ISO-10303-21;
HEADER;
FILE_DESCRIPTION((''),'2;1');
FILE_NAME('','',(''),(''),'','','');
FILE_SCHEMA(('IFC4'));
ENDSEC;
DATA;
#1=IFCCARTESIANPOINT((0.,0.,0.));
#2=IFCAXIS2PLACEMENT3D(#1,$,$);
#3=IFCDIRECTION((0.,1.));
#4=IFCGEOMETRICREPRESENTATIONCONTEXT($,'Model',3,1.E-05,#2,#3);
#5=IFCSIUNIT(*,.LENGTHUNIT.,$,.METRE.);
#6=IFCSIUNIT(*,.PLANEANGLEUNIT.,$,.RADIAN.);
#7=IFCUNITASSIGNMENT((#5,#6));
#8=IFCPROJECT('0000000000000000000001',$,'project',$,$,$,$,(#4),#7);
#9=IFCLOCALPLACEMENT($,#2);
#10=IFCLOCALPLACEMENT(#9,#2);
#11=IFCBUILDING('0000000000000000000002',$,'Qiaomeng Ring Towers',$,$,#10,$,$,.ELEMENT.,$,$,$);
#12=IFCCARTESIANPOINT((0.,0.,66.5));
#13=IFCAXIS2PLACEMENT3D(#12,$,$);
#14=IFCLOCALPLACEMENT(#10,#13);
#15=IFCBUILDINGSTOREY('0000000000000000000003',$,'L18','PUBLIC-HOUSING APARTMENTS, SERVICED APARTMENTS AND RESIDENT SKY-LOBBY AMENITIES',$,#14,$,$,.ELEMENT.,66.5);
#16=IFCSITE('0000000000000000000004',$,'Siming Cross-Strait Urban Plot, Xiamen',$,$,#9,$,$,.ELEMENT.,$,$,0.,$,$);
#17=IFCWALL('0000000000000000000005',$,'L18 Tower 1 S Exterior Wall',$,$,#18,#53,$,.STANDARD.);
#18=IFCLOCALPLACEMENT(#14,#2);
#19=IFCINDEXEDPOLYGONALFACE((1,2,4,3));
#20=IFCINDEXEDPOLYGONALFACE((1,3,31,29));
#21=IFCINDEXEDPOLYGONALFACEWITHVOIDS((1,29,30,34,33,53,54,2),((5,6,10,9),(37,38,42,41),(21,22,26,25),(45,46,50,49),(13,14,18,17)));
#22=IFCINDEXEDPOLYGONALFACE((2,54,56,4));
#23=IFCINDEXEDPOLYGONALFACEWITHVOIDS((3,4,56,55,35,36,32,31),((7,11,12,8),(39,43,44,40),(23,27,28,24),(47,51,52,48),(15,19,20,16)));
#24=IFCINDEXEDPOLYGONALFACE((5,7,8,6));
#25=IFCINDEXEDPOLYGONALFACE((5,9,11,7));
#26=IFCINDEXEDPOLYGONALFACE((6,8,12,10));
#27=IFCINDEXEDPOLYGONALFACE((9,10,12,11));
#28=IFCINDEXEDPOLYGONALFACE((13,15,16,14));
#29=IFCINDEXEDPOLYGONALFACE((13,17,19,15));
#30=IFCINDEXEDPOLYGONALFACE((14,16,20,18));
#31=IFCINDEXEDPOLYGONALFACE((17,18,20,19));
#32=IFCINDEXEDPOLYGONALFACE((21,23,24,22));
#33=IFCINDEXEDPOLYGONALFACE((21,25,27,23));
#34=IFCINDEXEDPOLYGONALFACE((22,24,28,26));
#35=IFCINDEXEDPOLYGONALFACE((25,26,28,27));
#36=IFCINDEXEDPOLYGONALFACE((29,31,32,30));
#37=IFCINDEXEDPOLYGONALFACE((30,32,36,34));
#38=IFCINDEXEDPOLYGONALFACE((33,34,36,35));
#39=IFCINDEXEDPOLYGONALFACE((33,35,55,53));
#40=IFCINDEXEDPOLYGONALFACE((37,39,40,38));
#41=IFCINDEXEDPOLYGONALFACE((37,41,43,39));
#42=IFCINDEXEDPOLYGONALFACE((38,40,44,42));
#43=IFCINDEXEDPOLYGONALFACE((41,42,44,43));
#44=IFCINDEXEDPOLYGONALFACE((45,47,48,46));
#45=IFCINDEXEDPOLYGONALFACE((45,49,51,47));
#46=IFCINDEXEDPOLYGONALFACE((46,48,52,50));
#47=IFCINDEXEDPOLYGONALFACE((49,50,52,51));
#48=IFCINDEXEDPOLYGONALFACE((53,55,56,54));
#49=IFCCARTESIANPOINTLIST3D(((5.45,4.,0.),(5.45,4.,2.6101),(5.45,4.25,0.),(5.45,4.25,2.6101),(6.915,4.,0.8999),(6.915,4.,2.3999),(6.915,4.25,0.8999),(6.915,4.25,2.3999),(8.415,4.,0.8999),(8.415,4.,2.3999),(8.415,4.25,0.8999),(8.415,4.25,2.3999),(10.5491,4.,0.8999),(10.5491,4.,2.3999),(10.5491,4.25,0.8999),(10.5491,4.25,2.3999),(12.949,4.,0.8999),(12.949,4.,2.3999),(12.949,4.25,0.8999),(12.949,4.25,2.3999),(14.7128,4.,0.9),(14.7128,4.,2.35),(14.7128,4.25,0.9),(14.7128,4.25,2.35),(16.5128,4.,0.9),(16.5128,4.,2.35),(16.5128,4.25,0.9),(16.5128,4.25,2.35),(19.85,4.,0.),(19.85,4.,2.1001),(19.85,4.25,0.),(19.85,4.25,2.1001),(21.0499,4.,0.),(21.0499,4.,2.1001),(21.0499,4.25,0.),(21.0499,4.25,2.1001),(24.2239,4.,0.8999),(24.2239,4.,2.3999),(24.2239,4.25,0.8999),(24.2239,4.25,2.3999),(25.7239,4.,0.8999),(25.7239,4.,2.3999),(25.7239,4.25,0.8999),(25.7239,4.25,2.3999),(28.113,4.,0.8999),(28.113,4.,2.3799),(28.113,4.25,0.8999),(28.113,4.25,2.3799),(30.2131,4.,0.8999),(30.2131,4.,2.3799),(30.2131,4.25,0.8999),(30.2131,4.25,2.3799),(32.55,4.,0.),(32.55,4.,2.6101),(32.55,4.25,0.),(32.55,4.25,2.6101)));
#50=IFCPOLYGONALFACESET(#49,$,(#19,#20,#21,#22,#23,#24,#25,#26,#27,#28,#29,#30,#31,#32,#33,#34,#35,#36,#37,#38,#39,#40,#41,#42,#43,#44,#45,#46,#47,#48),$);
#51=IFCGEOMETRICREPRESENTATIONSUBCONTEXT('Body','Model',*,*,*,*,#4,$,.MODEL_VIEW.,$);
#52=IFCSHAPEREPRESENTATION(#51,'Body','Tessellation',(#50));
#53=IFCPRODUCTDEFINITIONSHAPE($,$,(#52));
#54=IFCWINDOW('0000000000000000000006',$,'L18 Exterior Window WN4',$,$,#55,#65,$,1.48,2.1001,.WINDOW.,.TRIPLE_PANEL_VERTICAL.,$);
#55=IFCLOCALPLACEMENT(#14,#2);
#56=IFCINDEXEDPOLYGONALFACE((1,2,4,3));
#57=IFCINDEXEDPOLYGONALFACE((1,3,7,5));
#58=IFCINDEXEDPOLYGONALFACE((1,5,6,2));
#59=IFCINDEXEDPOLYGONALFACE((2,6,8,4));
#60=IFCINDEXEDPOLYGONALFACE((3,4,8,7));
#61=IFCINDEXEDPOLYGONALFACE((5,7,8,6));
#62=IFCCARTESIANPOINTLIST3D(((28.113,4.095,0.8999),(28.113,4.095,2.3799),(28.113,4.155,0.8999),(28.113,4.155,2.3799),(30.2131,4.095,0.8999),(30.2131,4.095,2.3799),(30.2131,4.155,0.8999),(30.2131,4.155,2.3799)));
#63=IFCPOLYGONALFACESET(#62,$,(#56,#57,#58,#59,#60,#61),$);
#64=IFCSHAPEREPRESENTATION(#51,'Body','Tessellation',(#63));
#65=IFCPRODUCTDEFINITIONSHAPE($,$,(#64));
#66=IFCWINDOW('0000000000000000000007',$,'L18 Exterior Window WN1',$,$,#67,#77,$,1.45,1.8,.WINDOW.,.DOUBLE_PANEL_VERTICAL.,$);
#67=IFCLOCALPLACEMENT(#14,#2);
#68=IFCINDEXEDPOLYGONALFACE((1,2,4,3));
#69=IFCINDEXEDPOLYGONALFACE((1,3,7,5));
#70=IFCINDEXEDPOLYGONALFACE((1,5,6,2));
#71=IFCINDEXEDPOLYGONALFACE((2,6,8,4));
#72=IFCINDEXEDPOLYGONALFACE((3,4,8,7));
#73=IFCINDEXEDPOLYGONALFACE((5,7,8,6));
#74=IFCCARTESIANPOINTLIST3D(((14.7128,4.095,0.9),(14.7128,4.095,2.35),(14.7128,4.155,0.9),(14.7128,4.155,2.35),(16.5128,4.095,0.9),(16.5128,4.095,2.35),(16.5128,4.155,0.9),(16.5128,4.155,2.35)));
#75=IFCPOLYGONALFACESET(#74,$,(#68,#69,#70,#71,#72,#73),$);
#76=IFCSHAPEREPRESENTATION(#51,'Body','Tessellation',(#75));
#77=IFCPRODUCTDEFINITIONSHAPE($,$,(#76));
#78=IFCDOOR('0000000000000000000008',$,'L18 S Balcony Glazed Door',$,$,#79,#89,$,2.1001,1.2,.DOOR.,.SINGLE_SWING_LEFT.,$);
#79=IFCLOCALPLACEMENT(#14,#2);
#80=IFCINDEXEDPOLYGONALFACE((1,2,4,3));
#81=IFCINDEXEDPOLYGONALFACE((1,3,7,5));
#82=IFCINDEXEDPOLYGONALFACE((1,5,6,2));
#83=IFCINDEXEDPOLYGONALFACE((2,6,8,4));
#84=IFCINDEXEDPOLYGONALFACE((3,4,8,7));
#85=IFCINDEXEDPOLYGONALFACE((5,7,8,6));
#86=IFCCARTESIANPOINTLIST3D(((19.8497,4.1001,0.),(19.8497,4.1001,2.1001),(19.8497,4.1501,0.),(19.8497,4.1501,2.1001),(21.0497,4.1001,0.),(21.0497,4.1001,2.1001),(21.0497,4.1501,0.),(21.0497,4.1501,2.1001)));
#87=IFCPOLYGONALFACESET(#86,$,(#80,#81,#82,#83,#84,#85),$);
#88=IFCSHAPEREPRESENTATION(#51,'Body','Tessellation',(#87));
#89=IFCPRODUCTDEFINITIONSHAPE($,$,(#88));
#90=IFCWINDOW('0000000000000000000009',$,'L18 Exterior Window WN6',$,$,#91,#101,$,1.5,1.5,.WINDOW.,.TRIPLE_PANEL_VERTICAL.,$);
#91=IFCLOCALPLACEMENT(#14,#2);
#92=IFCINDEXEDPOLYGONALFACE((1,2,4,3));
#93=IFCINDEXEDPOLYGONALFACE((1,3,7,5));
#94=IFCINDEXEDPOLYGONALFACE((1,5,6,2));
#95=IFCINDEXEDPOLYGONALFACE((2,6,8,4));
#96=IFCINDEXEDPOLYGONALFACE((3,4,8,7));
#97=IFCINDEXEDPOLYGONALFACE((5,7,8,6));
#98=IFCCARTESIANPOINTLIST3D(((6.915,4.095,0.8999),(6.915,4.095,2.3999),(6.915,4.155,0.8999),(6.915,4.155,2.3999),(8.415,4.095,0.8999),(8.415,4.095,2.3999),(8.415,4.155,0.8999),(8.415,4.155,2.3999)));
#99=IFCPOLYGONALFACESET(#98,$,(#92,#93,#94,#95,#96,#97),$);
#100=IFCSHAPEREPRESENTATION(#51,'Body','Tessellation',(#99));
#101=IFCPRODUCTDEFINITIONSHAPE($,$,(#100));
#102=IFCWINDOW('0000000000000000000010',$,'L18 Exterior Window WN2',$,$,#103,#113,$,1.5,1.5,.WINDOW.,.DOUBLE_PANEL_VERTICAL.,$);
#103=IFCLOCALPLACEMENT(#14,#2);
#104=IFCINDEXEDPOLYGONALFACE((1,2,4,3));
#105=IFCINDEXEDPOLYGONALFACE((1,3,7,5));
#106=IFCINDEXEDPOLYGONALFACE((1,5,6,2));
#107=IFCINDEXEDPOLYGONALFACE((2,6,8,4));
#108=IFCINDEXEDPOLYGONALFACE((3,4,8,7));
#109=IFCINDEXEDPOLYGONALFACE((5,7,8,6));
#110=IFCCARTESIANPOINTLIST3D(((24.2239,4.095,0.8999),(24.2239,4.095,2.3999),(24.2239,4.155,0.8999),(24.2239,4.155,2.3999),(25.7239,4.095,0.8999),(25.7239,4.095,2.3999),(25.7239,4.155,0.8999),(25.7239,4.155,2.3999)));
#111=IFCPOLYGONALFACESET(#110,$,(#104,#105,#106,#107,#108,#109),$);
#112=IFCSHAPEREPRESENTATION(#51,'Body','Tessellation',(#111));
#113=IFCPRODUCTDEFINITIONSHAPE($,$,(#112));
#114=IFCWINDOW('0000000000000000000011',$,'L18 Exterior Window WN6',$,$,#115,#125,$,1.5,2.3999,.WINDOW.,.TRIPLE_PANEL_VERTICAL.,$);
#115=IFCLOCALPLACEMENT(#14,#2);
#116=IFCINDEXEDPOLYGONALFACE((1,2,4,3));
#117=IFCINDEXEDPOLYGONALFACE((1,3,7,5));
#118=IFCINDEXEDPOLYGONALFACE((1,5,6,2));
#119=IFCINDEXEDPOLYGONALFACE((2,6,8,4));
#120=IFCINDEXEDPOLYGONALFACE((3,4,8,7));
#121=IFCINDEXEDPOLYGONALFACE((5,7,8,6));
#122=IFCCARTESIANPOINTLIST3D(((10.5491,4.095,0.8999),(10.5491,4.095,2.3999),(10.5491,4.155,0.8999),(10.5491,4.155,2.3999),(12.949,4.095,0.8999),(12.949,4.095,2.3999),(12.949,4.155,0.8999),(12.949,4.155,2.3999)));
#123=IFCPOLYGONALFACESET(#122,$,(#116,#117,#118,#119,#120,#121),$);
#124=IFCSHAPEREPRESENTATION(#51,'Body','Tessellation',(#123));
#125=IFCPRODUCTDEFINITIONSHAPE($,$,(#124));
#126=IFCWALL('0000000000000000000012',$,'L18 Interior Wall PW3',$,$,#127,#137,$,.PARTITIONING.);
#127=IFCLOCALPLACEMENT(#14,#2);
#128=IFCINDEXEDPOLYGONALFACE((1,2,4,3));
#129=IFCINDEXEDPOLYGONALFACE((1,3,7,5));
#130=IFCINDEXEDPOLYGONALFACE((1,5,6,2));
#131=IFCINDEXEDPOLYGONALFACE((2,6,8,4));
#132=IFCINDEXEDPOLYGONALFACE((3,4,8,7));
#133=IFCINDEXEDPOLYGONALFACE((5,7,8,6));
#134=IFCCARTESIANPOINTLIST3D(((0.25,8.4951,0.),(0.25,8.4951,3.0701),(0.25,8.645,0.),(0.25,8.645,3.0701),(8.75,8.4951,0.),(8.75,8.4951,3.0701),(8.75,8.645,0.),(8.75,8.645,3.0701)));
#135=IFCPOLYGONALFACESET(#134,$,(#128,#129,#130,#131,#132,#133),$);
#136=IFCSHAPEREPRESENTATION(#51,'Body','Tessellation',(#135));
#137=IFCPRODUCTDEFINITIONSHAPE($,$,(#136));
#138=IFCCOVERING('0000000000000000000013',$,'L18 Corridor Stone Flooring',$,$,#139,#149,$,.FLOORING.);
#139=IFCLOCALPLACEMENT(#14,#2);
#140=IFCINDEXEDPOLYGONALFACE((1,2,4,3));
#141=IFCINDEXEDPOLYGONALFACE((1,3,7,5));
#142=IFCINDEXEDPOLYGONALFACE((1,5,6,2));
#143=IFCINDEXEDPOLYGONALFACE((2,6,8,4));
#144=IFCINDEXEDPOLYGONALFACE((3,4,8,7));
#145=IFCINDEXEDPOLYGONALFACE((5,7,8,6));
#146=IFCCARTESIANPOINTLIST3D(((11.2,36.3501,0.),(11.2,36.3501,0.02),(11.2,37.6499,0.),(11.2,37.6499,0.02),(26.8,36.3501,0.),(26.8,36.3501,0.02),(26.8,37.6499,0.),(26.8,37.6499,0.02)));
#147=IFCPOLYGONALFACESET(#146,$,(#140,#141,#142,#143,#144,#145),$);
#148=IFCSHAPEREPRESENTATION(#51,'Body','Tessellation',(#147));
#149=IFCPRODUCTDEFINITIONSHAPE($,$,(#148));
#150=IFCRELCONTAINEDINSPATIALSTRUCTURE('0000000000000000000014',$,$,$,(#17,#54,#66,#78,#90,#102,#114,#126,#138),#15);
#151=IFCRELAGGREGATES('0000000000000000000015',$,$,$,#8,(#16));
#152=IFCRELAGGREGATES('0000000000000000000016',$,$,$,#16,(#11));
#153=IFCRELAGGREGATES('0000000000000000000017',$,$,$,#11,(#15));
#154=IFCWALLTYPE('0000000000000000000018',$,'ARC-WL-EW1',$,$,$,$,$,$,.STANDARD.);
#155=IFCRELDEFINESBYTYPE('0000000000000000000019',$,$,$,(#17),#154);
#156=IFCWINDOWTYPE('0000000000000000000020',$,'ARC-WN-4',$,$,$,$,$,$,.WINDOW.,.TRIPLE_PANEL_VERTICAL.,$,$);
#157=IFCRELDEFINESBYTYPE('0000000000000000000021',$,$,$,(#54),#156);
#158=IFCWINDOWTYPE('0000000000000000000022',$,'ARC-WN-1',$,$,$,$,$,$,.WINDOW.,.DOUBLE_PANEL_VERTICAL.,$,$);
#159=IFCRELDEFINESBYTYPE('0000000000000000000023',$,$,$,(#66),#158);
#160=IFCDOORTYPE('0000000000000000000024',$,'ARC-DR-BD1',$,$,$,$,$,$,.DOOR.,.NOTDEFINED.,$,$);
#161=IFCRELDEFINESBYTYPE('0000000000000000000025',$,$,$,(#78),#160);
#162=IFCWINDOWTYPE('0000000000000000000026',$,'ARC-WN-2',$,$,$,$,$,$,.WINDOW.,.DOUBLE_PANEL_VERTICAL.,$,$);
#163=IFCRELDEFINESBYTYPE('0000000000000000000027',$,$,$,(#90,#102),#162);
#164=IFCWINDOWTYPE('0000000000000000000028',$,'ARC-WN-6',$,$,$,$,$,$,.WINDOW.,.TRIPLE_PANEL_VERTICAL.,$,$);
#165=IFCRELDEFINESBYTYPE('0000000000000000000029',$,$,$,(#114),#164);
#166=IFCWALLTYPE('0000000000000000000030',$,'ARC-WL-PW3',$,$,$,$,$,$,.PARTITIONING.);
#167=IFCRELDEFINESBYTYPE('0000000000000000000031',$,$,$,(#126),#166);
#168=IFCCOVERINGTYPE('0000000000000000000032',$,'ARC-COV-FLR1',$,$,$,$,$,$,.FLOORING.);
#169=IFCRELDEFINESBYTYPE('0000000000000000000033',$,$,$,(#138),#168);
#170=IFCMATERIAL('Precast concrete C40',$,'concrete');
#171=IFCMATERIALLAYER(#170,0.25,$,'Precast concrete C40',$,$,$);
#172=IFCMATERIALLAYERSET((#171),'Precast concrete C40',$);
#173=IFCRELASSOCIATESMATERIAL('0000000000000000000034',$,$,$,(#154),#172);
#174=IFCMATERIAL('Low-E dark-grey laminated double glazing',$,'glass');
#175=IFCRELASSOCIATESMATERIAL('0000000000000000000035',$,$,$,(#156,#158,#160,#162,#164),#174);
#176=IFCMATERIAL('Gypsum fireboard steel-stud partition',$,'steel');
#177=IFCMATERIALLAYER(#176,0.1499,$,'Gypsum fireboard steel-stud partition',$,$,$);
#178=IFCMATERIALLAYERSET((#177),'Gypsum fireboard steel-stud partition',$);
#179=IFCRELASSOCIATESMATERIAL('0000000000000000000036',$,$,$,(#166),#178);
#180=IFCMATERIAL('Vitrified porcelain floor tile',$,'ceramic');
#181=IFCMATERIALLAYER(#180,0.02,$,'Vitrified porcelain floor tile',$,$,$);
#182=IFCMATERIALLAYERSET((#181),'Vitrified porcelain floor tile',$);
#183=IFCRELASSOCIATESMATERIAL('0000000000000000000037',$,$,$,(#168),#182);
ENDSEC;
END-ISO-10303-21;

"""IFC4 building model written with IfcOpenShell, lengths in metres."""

from ifc_helpers import new_model, si_unit, direction, frame, frame_2d, origin, place, context, subcontext, project, spatial, polyline, rectangle, outline, extrude, source, transform, mapped, material, layer, layer_set, type_object, element, fill, save


model = new_model("IFC4")

# Units and contexts
model_context = context("Model", 3, precision=1e-05, world=origin(), true_north=direction((0.0, 1.0)))
body_context = subcontext(model_context, "Body", "Model", "MODEL_VIEW")
ifc_project = project(units=[si_unit("LENGTHUNIT", "METRE"), si_unit("PLANEANGLEUNIT", "RADIAN")], contexts=[model_context])

# Site, building, storey
site_placement = place(None, origin())
site = spatial("IfcSite", under=ifc_project, at=site_placement, Name="Siming Cross-Strait Urban Plot, Xiamen", CompositionType="ELEMENT", RefElevation=0.0)
building_placement = place(site_placement, origin())
building = spatial("IfcBuilding", under=site, at=building_placement, Name="Qiaomeng Ring Towers", CompositionType="ELEMENT")
storey_placement = place(building_placement, frame((0.0, 0.0, 66.5)))
storey = spatial("IfcBuildingStorey", under=building, at=storey_placement, Name="L18", Description="PUBLIC-HOUSING APARTMENTS, SERVICED APARTMENTS AND RESIDENT SKY-LOBBY AMENITIES", CompositionType="ELEMENT", Elevation=66.5)

# Shared definitions
ifc_material_1 = material(Name="Low-E dark-grey laminated double glazing", Category="glass")

# Wall, openings, windows, door
ifc_material_2 = material(Name="Precast concrete C40", Category="concrete")
ifc_layer_1 = layer(ifc_material_2, 0.25, Name="Precast concrete C40")
ifc_layer_set_1 = layer_set([ifc_layer_1], Name="Precast concrete C40")
wall_type_1 = type_object("IfcWallType", Name="ARC-WL-EW1", PredefinedType="STANDARD", material=ifc_layer_set_1)
wall_1_placement = place(storey_placement, frame((5.45, 4.125, 0.0), z_axis=(0.0, 0.0, 1.0), x_axis=(1.0, 0.0, 0.0)))
wall_1 = element("IfcWall", 1, at=wall_1_placement, inside=storey, type_object=wall_type_1, Name="L18 Tower 1 S Exterior Wall", PredefinedType="STANDARD", context=body_context, shape_type="SweptSolid", body=[
    extrude(rectangle(XDim=27.1001, YDim=0.25, at=frame_2d((13.55, 0.0))), origin(), (0.0, 0.0, 1.0), 2.6101),
])
opening_1_placement = place(wall_1_placement, frame((14.3999, 0.0, 0.0)))
opening_1 = element("IfcOpeningElement", 2, at=opening_1_placement, cuts=wall_1, PredefinedType="OPENING", context=body_context, shape_type="SweptSolid", body=[
    extrude(rectangle(XDim=1.2, YDim=2.1001, at=frame_2d((0.6001, 1.05))), frame((0.0, 0.135, 0.0), z_axis=(0.0, -1.0, 0.0), x_axis=(1.0, 0.0, 0.0)), (0.0, 0.0, 1.0), 0.27),
])
opening_2_placement = place(wall_1_placement, frame((1.4651, 0.0, 0.8999)))
opening_2 = element("IfcOpeningElement", 3, at=opening_2_placement, cuts=wall_1, PredefinedType="OPENING", context=body_context, shape_type="SweptSolid", body=[
    extrude(rectangle(XDim=1.5, YDim=1.5, at=frame_2d((0.75, 0.75))), frame((0.0, 0.135, 0.0), z_axis=(0.0, -1.0, 0.0), x_axis=(1.0, 0.0, 0.0)), (0.0, 0.0, 1.0), 0.27),
])
opening_3_placement = place(wall_1_placement, frame((9.2629, 0.0, 0.8999)))
opening_3 = element("IfcOpeningElement", 4, at=opening_3_placement, cuts=wall_1, PredefinedType="OPENING", context=body_context, shape_type="SweptSolid", body=[
    extrude(rectangle(XDim=1.8, YDim=1.45, at=frame_2d((0.8999, 0.7251))), frame((0.0, 0.135, 0.0), z_axis=(0.0, -1.0, 0.0), x_axis=(1.0, 0.0, 0.0)), (0.0, 0.0, 1.0), 0.27),
])
opening_4_placement = place(wall_1_placement, frame((18.7739, 0.0, 0.8999)))
opening_4 = element("IfcOpeningElement", 5, at=opening_4_placement, cuts=wall_1, PredefinedType="OPENING", context=body_context, shape_type="SweptSolid", body=[
    extrude(rectangle(XDim=1.5, YDim=1.5, at=frame_2d((0.75, 0.75))), frame((0.0, 0.135, 0.0), z_axis=(0.0, -1.0, 0.0), x_axis=(1.0, 0.0, 0.0)), (0.0, 0.0, 1.0), 0.27),
])
opening_5_placement = place(wall_1_placement, frame((22.6631, 0.0, 0.8999)))
opening_5 = element("IfcOpeningElement", 6, at=opening_5_placement, cuts=wall_1, PredefinedType="OPENING", context=body_context, shape_type="SweptSolid", body=[
    extrude(rectangle(XDim=2.1001, YDim=1.48, at=frame_2d((1.05, 0.74))), frame((0.0, 0.135, 0.0), z_axis=(0.0, -1.0, 0.0), x_axis=(1.0, 0.0, 0.0)), (0.0, 0.0, 1.0), 0.27),
])
opening_6_placement = place(wall_1_placement, frame((5.0991, 0.0, 0.8999)))
opening_6 = element("IfcOpeningElement", 7, at=opening_6_placement, cuts=wall_1, PredefinedType="OPENING", context=body_context, shape_type="SweptSolid", body=[
    extrude(rectangle(XDim=2.3999, YDim=1.5, at=frame_2d((1.2, 0.75))), frame((0.0, 0.135, 0.0), z_axis=(0.0, -1.0, 0.0), x_axis=(1.0, 0.0, 0.0)), (0.0, 0.0, 1.0), 0.27),
])
window_type_1 = type_object("IfcWindowType", Name="ARC-WN-4", PartitioningType="TRIPLE_PANEL_VERTICAL", PredefinedType="WINDOW", material=ifc_material_1)
shared_shape_1 = source(origin(), body_context, "Body", "SweptSolid", [
    extrude(rectangle(XDim=2.1001, YDim=1.48, at=frame_2d((1.05, 0.74))), frame((0.0, 0.03, 0.0), z_axis=(0.0, -1.0, 0.0), x_axis=(1.0, 0.0, 0.0)), (0.0, 0.0, 1.0), 0.0601),
])
window_1_placement = place(opening_5_placement, origin())
window_1 = element("IfcWindow", 8, at=window_1_placement, inside=storey, type_object=window_type_1, Name="L18 Exterior Window WN4", OverallHeight=1.48, OverallWidth=2.1001, PartitioningType="TRIPLE_PANEL_VERTICAL", PredefinedType="WINDOW", context=body_context, shape_type="MappedRepresentation", body=[
    mapped(shared_shape_1, transform((0.0, 0.0, 0.0), x_axis=(1.0, 0.0, 0.0), y_axis=(0.0, 1.0, 0.0), z_axis=(0.0, 0.0, 1.0), scale=1.0)),
])
fill(opening_5, window_1)
window_type_2 = type_object("IfcWindowType", Name="ARC-WN-1", PartitioningType="DOUBLE_PANEL_VERTICAL", PredefinedType="WINDOW", material=ifc_material_1)
shared_shape_2 = source(origin(), body_context, "Body", "SweptSolid", [
    extrude(rectangle(XDim=1.8, YDim=1.45, at=frame_2d((0.8999, 0.7251))), frame((0.0, 0.03, 0.0), z_axis=(0.0, -1.0, 0.0), x_axis=(1.0, 0.0, 0.0)), (0.0, 0.0, 1.0), 0.0601),
])
window_2_placement = place(opening_3_placement, origin())
window_2 = element("IfcWindow", 9, at=window_2_placement, inside=storey, type_object=window_type_2, Name="L18 Exterior Window WN1", OverallHeight=1.45, OverallWidth=1.8, PartitioningType="DOUBLE_PANEL_VERTICAL", PredefinedType="WINDOW", context=body_context, shape_type="MappedRepresentation", body=[
    mapped(shared_shape_2, transform((0.0, 0.0, 0.0), x_axis=(1.0, 0.0, 0.0), y_axis=(0.0, 1.0, 0.0), z_axis=(0.0, 0.0, 1.0), scale=1.0)),
])
fill(opening_3, window_2)
door_type = type_object("IfcDoorType", Name="ARC-DR-BD1", OperationType="NOTDEFINED", PredefinedType="DOOR", material=ifc_material_1)
shared_shape_3 = source(origin(), body_context, "Body", "SweptSolid", [
    extrude(rectangle(XDim=1.2, YDim=2.1001, at=frame_2d((0.6001, 1.05))), frame((0.0, 0.0249, 0.0), z_axis=(0.0, -1.0, 0.0), x_axis=(1.0, 0.0, 0.0)), (0.0, 0.0, 1.0), 0.05),
])
door_placement = place(opening_1_placement, frame((1.2, 0.0, 0.0), z_axis=(0.0, 0.0, 1.0), x_axis=(-1.0, 0.0, 0.0)))
door = element("IfcDoor", 10, at=door_placement, inside=storey, type_object=door_type, Name="L18 S Balcony Glazed Door", OperationType="SINGLE_SWING_LEFT", OverallHeight=2.1001, OverallWidth=1.2, PredefinedType="DOOR", context=body_context, shape_type="MappedRepresentation", body=[
    mapped(shared_shape_3, transform((0.0, 0.0, 0.0), x_axis=(1.0, 0.0, 0.0), y_axis=(0.0, 1.0, 0.0), z_axis=(0.0, 0.0, 1.0), scale=1.0)),
])
fill(opening_1, door)
window_type_3 = type_object("IfcWindowType", Name="ARC-WN-2", PartitioningType="DOUBLE_PANEL_VERTICAL", PredefinedType="WINDOW", material=ifc_material_1)
shared_shape_4 = source(origin(), body_context, "Body", "SweptSolid", [
    extrude(rectangle(XDim=1.5, YDim=1.5, at=frame_2d((0.75, 0.75))), frame((0.0, 0.03, 0.0), z_axis=(0.0, -1.0, 0.0), x_axis=(1.0, 0.0, 0.0)), (0.0, 0.0, 1.0), 0.0601),
])
window_3_placement = place(opening_2_placement, origin())
window_3 = element("IfcWindow", 11, at=window_3_placement, inside=storey, type_object=window_type_3, Name="L18 Exterior Window WN6", OverallHeight=1.5, OverallWidth=1.5, PartitioningType="TRIPLE_PANEL_VERTICAL", PredefinedType="WINDOW", context=body_context, shape_type="MappedRepresentation", body=[
    mapped(shared_shape_4, transform((0.0, 0.0, 0.0), x_axis=(1.0, 0.0, 0.0), y_axis=(0.0, 1.0, 0.0), z_axis=(0.0, 0.0, 1.0), scale=1.0)),
])
fill(opening_2, window_3)
window_4_placement = place(opening_4_placement, origin())
window_4 = element("IfcWindow", 12, at=window_4_placement, inside=storey, type_object=window_type_3, Name="L18 Exterior Window WN2", OverallHeight=1.5, OverallWidth=1.5, PartitioningType="DOUBLE_PANEL_VERTICAL", PredefinedType="WINDOW", context=body_context, shape_type="MappedRepresentation", body=[
    mapped(shared_shape_4, transform((0.0, 0.0, 0.0), x_axis=(1.0, 0.0, 0.0), y_axis=(0.0, 1.0, 0.0), z_axis=(0.0, 0.0, 1.0), scale=1.0)),
])
fill(opening_4, window_4)
window_type_4 = type_object("IfcWindowType", Name="ARC-WN-6", PartitioningType="TRIPLE_PANEL_VERTICAL", PredefinedType="WINDOW", material=ifc_material_1)
shared_shape_5 = source(origin(), body_context, "Body", "SweptSolid", [
    extrude(rectangle(XDim=2.3999, YDim=1.5, at=frame_2d((1.2, 0.75))), frame((0.0, 0.03, 0.0), z_axis=(0.0, -1.0, 0.0), x_axis=(1.0, 0.0, 0.0)), (0.0, 0.0, 1.0), 0.0601),
])
window_5_placement = place(opening_6_placement, origin())
window_5 = element("IfcWindow", 13, at=window_5_placement, inside=storey, type_object=window_type_4, Name="L18 Exterior Window WN6", OverallHeight=1.5, OverallWidth=2.3999, PartitioningType="TRIPLE_PANEL_VERTICAL", PredefinedType="WINDOW", context=body_context, shape_type="MappedRepresentation", body=[
    mapped(shared_shape_5, transform((0.0, 0.0, 0.0), x_axis=(1.0, 0.0, 0.0), y_axis=(0.0, 1.0, 0.0), z_axis=(0.0, 0.0, 1.0), scale=1.0)),
])
fill(opening_6, window_5)

# Wall
ifc_material_3 = material(Name="Gypsum fireboard steel-stud partition", Category="steel")
ifc_layer_2 = layer(ifc_material_3, 0.1499, Name="Gypsum fireboard steel-stud partition")
ifc_layer_set_2 = layer_set([ifc_layer_2], Name="Gypsum fireboard steel-stud partition")
wall_type_2 = type_object("IfcWallType", Name="ARC-WL-PW3", PredefinedType="PARTITIONING", material=ifc_layer_set_2)
wall_2_placement = place(storey_placement, frame((0.25, 8.5701, 0.0), z_axis=(0.0, 0.0, 1.0), x_axis=(1.0, 0.0, 0.0)))
element("IfcWall", 14, at=wall_2_placement, inside=storey, type_object=wall_type_2, Name="L18 Interior Wall PW3", PredefinedType="PARTITIONING", context=body_context, shape_type="SweptSolid", body=[
    extrude(rectangle(XDim=8.5, YDim=0.1499, at=frame_2d((4.25, 0.0))), origin(), (0.0, 0.0, 1.0), 3.0701),
])

# Covering
ifc_material_4 = material(Name="Vitrified porcelain floor tile", Category="ceramic")
ifc_layer_3 = layer(ifc_material_4, 0.02, Name="Vitrified porcelain floor tile")
ifc_layer_set_3 = layer_set([ifc_layer_3], Name="Vitrified porcelain floor tile")
covering_type = type_object("IfcCoveringType", Name="ARC-COV-FLR1", PredefinedType="FLOORING", material=ifc_layer_set_3)
covering_placement = place(storey_placement, origin())
element("IfcCovering", 15, at=covering_placement, inside=storey, type_object=covering_type, Name="L18 Corridor Stone Flooring", PredefinedType="FLOORING", context=body_context, shape_type="SweptSolid", body=[
    extrude(outline(polyline([(11.2, 36.3501), (11.2, 37.6499), (26.8, 37.6499), (26.8, 36.3501), (11.2, 36.3501)])), origin(), (0.0, 0.0, 1.0), 0.02),
])

save(model, "model.ifc")
